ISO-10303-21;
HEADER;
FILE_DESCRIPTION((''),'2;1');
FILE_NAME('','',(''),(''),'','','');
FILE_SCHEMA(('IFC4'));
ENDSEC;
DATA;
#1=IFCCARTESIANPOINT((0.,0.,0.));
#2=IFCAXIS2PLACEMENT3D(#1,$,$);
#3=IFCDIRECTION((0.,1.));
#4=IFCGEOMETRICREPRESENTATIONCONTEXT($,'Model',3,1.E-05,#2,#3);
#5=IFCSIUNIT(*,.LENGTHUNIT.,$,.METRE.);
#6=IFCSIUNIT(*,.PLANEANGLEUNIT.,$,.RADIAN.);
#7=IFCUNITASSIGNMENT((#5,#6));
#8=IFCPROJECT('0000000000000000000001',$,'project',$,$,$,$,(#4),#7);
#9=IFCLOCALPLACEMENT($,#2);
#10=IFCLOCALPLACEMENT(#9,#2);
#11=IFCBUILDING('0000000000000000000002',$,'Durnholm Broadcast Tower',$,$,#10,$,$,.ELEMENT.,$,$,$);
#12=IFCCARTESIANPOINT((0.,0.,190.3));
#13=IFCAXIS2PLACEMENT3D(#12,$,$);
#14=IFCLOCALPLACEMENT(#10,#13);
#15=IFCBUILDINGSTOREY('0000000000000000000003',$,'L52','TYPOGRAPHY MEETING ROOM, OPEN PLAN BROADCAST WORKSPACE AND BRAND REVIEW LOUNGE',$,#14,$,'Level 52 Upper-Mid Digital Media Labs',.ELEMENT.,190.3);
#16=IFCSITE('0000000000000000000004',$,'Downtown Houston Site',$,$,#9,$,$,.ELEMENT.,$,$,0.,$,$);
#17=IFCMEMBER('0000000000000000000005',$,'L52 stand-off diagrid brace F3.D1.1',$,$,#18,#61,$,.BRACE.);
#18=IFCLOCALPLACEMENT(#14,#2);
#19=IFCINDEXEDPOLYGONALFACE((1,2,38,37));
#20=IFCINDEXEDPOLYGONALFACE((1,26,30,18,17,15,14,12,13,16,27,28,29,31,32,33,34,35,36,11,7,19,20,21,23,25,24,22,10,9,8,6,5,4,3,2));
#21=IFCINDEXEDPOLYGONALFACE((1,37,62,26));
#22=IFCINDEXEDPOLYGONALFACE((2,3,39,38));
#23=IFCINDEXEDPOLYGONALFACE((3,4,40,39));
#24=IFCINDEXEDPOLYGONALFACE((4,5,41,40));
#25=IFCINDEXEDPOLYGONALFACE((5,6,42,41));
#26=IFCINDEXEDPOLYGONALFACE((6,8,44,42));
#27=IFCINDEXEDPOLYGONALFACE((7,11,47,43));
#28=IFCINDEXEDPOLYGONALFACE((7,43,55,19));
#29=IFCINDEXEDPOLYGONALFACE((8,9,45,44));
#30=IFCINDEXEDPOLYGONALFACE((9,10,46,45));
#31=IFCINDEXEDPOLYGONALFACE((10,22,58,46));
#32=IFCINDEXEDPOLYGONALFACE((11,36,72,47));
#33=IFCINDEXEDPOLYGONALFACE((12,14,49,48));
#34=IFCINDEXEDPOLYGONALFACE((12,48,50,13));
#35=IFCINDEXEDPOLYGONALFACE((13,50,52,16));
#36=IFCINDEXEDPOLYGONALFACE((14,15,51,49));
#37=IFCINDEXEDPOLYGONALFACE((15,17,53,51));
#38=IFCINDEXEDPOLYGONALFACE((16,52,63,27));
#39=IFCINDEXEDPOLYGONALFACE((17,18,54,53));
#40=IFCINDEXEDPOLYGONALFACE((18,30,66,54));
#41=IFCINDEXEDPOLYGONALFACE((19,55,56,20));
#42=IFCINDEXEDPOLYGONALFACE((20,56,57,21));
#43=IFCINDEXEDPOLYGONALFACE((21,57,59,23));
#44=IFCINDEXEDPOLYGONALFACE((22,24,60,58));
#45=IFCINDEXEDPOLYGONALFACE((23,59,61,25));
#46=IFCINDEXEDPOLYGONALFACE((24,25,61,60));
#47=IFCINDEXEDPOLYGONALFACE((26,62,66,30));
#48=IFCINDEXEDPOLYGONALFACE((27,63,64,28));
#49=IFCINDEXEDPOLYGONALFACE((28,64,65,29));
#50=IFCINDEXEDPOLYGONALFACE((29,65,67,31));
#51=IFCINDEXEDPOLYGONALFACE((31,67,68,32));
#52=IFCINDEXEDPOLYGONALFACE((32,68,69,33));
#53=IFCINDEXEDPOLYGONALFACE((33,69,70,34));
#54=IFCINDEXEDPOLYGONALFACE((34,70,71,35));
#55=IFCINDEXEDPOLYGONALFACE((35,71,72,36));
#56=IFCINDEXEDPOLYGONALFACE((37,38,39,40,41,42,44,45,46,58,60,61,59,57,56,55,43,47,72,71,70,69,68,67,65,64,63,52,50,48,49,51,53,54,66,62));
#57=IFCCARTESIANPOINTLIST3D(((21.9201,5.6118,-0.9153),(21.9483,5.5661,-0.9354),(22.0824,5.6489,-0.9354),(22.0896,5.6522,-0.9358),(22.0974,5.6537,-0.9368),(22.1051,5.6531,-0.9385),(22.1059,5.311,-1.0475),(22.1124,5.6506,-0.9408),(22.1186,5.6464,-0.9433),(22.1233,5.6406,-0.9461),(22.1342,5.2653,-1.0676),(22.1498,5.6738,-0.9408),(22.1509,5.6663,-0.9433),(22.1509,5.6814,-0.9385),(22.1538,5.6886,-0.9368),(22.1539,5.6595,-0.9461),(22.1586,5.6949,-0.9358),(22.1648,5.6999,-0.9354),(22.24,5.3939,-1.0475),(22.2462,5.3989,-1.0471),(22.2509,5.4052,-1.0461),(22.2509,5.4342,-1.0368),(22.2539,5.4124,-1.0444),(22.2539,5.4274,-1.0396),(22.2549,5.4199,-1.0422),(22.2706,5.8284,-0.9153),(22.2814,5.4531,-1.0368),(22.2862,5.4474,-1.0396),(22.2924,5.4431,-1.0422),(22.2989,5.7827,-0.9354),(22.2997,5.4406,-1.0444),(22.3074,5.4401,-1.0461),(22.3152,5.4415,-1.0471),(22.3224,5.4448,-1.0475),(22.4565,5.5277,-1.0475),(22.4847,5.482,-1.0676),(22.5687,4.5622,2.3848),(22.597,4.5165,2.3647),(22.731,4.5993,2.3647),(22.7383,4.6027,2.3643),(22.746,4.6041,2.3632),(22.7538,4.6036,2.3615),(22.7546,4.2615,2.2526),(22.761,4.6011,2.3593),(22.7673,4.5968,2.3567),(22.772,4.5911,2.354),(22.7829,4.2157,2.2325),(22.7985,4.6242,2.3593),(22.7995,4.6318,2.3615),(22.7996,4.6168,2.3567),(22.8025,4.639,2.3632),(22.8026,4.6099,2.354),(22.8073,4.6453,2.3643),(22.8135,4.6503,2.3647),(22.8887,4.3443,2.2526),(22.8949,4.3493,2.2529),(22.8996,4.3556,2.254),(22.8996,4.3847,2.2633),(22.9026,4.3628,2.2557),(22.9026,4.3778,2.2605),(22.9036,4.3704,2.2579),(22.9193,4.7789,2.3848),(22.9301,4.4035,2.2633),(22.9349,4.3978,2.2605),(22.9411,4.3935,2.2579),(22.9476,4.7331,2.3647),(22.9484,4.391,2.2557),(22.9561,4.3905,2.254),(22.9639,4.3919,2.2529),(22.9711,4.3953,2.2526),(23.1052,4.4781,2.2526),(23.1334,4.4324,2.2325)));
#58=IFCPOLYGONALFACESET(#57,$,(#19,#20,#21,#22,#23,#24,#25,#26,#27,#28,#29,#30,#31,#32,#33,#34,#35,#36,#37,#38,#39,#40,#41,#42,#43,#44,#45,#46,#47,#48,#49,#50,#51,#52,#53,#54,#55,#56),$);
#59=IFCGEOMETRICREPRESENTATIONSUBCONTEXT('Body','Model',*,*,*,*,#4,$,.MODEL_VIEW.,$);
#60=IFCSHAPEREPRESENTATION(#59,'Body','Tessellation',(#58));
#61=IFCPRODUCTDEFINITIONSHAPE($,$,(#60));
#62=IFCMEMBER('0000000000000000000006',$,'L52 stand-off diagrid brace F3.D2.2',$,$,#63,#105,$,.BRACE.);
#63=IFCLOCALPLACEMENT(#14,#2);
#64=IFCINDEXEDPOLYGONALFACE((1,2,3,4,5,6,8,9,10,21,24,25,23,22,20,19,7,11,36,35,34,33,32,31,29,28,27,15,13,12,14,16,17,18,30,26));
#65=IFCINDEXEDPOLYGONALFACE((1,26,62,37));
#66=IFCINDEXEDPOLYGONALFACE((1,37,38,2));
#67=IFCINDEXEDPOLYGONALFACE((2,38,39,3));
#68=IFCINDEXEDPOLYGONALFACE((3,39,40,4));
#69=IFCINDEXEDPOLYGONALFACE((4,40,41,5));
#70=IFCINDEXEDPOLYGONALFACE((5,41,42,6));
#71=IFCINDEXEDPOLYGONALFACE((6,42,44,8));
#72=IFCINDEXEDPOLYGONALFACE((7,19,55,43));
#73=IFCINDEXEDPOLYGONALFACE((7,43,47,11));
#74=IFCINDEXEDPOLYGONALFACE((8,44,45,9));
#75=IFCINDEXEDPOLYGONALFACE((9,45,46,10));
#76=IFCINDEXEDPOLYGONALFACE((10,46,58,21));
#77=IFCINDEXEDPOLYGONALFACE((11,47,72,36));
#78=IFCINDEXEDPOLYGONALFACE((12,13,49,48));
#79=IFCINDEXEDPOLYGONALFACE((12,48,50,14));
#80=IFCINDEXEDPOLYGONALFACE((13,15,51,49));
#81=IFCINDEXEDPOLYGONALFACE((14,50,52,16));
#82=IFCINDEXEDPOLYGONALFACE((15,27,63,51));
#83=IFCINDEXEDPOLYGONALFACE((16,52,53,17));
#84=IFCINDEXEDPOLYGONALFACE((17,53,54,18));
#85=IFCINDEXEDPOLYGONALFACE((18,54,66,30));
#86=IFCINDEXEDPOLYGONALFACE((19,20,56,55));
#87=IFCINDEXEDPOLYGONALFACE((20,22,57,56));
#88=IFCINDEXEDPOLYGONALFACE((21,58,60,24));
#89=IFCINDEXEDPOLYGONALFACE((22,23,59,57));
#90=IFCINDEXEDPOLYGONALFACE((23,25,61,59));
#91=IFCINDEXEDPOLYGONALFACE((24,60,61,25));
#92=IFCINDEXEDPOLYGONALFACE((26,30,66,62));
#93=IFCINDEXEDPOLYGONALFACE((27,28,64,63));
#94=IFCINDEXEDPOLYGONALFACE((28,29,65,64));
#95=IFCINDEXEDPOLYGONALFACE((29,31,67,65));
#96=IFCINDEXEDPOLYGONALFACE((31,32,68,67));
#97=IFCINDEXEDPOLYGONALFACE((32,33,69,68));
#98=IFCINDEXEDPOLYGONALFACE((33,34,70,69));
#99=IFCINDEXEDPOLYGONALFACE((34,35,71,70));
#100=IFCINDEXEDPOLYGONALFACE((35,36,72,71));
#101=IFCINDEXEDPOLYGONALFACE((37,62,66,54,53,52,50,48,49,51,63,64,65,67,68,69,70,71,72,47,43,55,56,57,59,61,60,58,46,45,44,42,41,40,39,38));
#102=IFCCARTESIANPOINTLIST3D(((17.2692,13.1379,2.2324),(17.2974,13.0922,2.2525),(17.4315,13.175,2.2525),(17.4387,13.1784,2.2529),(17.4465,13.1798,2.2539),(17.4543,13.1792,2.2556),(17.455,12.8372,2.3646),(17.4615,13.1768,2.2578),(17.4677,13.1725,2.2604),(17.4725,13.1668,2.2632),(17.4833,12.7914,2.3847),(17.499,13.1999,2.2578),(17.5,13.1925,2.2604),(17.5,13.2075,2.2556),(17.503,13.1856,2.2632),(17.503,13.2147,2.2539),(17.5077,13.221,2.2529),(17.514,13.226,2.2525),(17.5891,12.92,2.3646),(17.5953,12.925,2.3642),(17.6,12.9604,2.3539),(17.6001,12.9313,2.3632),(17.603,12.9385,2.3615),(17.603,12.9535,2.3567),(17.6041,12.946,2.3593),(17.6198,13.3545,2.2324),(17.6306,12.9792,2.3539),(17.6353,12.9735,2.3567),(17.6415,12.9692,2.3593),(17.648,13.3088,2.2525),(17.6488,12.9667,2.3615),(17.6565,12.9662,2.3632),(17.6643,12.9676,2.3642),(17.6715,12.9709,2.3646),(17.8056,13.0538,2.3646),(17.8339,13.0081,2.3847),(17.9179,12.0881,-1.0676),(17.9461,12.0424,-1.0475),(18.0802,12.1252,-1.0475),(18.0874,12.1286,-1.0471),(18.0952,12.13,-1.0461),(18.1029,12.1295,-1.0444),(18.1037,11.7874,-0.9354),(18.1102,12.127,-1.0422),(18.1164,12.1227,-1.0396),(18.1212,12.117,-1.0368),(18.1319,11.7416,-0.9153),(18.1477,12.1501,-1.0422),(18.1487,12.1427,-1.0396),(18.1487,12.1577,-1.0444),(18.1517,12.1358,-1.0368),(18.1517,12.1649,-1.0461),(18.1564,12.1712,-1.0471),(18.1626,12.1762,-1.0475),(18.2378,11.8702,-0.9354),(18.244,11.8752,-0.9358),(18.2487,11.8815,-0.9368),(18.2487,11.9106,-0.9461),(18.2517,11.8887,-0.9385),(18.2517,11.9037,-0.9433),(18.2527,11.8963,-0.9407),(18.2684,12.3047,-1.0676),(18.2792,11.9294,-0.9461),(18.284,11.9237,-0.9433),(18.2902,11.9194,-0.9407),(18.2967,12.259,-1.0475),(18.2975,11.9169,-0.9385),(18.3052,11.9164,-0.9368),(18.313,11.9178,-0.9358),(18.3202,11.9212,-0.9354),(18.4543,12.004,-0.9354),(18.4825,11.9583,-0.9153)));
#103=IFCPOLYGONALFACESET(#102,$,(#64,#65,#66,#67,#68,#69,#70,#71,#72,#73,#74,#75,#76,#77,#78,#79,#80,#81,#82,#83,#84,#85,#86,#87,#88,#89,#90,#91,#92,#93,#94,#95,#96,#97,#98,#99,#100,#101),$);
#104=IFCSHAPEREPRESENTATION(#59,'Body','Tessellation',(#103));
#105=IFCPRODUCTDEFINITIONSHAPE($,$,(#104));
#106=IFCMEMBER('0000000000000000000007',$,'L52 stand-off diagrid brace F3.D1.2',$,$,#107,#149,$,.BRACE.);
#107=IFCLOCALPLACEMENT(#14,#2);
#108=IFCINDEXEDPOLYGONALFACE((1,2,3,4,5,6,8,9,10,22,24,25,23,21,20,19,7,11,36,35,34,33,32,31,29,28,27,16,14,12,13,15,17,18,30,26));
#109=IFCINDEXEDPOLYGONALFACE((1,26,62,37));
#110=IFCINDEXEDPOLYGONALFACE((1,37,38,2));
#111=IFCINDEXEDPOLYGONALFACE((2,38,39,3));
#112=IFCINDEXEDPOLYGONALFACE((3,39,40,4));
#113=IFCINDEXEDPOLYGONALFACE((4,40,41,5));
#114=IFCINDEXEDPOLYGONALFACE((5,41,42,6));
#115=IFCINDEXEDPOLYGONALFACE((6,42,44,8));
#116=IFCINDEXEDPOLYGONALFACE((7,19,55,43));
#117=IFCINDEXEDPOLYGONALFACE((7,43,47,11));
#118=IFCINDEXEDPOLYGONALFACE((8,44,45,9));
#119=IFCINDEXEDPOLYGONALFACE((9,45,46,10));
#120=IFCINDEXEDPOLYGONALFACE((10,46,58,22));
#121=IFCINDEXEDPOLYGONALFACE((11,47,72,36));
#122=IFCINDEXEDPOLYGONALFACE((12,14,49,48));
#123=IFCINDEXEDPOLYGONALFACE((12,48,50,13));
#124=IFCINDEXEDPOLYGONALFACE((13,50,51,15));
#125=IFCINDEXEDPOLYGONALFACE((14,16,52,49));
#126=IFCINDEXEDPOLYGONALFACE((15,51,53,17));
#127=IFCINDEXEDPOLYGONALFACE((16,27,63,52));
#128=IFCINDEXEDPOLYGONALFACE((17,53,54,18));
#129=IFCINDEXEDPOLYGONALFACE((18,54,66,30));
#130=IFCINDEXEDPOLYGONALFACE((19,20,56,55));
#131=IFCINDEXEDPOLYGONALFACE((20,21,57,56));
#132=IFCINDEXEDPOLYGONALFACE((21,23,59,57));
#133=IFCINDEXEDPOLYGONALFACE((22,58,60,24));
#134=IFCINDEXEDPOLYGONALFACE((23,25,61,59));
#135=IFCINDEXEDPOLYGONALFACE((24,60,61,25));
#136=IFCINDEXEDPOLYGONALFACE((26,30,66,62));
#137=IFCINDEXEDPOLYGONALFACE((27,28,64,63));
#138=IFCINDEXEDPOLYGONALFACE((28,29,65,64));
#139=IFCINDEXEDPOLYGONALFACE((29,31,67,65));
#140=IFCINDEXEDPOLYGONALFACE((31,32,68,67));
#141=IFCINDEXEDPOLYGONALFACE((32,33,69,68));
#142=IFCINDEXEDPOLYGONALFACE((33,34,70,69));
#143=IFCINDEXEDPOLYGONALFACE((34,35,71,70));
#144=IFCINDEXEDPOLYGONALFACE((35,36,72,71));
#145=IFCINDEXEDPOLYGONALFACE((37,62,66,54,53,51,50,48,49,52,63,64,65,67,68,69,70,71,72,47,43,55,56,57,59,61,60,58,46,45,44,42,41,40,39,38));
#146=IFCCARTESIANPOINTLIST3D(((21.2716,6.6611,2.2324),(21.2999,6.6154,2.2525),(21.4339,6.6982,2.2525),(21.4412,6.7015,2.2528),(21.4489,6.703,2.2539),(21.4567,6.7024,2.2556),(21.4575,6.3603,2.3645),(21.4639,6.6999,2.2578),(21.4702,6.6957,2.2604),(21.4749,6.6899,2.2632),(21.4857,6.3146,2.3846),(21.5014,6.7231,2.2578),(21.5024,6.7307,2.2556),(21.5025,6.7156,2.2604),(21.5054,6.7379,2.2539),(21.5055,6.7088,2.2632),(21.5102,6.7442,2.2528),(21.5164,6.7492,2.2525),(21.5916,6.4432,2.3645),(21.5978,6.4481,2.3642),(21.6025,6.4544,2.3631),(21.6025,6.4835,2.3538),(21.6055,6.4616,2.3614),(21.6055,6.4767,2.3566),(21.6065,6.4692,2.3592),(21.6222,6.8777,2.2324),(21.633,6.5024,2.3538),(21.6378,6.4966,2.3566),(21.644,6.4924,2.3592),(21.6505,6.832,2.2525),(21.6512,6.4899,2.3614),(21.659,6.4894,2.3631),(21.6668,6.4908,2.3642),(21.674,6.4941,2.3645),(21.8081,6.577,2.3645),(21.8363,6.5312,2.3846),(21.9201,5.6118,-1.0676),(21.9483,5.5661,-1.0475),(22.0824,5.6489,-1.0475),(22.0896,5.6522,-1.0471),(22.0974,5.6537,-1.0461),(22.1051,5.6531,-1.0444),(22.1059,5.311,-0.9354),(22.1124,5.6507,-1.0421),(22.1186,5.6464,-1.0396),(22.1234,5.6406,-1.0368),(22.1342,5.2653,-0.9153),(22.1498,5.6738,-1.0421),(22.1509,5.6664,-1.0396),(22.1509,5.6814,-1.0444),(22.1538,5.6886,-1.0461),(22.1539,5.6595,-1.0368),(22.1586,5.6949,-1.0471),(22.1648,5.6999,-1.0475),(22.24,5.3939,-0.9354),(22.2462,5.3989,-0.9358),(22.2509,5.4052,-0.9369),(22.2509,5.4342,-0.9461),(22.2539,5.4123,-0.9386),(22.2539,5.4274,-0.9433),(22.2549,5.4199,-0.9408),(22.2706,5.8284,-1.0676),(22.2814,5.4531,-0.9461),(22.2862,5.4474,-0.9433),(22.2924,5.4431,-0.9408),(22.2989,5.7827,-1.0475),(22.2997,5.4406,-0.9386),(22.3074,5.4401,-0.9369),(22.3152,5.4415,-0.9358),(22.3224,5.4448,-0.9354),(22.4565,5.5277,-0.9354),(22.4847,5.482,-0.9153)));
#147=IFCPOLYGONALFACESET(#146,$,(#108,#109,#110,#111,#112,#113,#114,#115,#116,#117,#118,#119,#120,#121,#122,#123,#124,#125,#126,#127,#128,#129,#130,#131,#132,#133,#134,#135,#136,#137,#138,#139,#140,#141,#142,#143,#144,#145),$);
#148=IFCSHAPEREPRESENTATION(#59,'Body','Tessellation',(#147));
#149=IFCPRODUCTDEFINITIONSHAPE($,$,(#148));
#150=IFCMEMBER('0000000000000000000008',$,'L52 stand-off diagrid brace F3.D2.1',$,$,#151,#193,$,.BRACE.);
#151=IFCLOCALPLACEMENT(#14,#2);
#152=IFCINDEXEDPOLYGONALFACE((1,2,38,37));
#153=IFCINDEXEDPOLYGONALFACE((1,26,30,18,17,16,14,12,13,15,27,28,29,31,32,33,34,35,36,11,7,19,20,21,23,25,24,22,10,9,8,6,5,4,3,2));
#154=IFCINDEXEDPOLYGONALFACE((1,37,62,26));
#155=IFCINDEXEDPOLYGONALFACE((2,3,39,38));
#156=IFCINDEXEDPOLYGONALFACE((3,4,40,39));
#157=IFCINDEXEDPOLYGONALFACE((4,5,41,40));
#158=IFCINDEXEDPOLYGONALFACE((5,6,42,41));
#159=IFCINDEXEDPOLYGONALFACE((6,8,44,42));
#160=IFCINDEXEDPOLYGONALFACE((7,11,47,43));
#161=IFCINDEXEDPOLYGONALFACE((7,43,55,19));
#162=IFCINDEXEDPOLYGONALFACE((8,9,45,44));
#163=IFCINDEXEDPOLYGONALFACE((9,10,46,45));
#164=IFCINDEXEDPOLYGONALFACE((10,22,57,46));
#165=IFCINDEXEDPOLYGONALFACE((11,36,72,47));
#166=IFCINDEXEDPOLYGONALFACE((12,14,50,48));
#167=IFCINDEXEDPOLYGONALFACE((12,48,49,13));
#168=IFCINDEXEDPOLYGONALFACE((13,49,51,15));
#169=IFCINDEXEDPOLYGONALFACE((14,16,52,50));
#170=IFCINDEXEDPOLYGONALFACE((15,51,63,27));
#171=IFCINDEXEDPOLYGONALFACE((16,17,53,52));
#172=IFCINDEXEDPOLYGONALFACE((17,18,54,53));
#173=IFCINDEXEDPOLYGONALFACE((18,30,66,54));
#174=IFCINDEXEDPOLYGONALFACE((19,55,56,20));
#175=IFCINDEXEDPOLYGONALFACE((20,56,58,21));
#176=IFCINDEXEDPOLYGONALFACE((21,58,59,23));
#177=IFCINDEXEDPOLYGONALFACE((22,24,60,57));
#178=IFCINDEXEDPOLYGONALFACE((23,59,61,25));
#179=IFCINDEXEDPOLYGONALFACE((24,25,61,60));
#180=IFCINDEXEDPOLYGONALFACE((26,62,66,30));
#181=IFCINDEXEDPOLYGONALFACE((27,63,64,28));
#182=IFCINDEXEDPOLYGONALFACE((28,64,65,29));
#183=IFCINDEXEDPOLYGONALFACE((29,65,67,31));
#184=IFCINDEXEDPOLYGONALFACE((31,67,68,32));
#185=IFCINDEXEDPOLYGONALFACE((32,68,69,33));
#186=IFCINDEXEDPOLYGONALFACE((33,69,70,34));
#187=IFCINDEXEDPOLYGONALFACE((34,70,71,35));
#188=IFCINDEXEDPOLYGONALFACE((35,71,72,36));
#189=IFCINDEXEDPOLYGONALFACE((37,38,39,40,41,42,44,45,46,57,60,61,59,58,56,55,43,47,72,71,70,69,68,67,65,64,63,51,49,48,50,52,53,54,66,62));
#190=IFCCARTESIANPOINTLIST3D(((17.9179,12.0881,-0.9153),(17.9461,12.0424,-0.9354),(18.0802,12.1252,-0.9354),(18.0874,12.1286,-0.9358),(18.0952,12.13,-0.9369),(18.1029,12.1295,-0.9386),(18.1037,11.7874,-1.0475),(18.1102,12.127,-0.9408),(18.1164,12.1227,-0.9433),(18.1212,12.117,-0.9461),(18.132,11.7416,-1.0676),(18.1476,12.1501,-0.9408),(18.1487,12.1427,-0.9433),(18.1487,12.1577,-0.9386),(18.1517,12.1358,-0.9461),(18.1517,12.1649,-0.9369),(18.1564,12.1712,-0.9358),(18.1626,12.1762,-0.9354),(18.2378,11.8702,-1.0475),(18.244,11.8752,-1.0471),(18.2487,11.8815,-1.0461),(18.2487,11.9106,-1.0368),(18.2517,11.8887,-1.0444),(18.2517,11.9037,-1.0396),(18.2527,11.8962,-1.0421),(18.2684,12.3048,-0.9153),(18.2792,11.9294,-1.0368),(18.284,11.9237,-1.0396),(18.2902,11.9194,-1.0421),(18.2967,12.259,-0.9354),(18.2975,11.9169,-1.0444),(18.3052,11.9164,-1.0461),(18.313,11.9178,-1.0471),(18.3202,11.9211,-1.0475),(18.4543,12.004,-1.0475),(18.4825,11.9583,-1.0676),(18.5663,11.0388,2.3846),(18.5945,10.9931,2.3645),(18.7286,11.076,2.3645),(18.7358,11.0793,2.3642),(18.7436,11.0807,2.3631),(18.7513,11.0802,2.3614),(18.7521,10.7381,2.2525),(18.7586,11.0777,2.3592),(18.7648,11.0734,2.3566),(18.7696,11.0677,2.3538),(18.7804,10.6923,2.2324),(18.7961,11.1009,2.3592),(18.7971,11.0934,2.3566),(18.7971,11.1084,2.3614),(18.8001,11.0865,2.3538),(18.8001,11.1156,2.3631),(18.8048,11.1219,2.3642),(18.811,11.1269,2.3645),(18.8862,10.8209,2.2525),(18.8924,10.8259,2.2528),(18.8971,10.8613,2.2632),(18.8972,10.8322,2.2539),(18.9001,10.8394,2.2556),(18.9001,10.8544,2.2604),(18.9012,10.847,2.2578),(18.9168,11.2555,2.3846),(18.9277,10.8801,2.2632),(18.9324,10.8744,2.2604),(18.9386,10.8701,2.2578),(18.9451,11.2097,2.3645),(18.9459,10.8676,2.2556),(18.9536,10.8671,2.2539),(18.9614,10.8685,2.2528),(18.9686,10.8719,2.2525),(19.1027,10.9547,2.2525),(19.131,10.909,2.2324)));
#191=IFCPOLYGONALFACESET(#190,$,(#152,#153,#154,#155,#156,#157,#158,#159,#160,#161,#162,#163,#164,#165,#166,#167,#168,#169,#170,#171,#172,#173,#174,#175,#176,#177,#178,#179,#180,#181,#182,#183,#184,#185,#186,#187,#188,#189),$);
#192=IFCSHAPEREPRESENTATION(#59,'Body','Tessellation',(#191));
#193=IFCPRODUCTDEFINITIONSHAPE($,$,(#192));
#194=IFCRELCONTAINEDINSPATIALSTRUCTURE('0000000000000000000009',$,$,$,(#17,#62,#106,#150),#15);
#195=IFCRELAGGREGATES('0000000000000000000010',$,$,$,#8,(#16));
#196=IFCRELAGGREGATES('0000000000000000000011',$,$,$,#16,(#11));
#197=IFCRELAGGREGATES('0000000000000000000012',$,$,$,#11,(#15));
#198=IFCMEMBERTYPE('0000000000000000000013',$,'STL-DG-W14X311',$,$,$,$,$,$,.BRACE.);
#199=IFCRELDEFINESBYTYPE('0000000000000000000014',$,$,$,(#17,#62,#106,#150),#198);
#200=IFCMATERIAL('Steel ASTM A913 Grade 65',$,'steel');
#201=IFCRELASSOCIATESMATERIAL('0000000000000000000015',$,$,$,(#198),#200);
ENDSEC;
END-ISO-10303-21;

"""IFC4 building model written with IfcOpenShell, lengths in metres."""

from ifc_helpers import new_model, si_unit, direction, frame, origin, origin_2d, place, context, subcontext, project, spatial, i_section, extrude, source, transform, mapped, material, material_profile, profile_set, type_object, type_shapes, element, save


model = new_model("IFC4")

# Units and contexts
model_context = context("Model", 3, precision=1e-05, world=origin(), true_north=direction((0.0, 1.0)))
body_context = subcontext(model_context, "Body", "Model", "MODEL_VIEW")
ifc_project = project(units=[si_unit("LENGTHUNIT", "METRE"), si_unit("PLANEANGLEUNIT", "RADIAN")], contexts=[model_context])

# Site, building, storey
site_placement = place(None, origin())
site = spatial("IfcSite", under=ifc_project, at=site_placement, Name="Downtown Houston Site", CompositionType="ELEMENT", RefElevation=0.0)
building_placement = place(site_placement, origin())
building = spatial("IfcBuilding", under=site, at=building_placement, Name="Durnholm Broadcast Tower", CompositionType="ELEMENT")
storey_placement = place(building_placement, frame((0.0, 0.0, 190.3)))
storey = spatial("IfcBuildingStorey", under=building, at=storey_placement, Name="L52", Description="TYPOGRAPHY MEETING ROOM, OPEN PLAN BROADCAST WORKSPACE AND BRAND REVIEW LOUNGE", LongName="Level 52 Upper-Mid Digital Media Labs", CompositionType="ELEMENT", Elevation=190.3)

# Members
ifc_material_1 = material(Name="Steel ASTM A913 Grade 65", Category="steel")
ifc_material_profile_1 = material_profile(ifc_material_1, i_section(OverallWidth=0.4121, OverallDepth=0.4348, WebThickness=0.0359, FlangeThickness=0.0574, FilletRadius=0.0305, at=origin_2d()), Name="W14X311")
ifc_profile_set_1 = profile_set([ifc_material_profile_1], Name="Steel ASTM A913 Grade 65")
member_type_1 = type_object("IfcMemberType", Name="STL-DG-W14X311", PredefinedType="BRACE", material=ifc_profile_set_1)
shared_shape_1 = source(origin(), body_context, "Body", "SweptSolid", [
    extrude(i_section(OverallWidth=0.4121, OverallDepth=0.4348, WebThickness=0.0359, FlangeThickness=0.0574, FilletRadius=0.0305, at=origin_2d()), origin(), (0.0, 0.0, 1.0), 3.5232),
])
for number, where, z_axis, x_axis, name in (
    (1, (22.2024, 5.5469, -0.9915), (0.184119, -0.297903, 0.936672), (0.850644, 0.525741, 0.0), "L52 stand-off diagrid brace F3.D1.1"),
    (2, (18.2002, 12.0232, -0.9915), (-0.184115, 0.297966, 0.936652), (-0.850699, -0.525653, 0.0), "L52 stand-off diagrid brace F3.D2.2"),
):
    element("IfcMember", number, at=place(storey_placement, frame(where, z_axis=z_axis, x_axis=x_axis)), inside=storey, type_object=member_type_1, Name=name, PredefinedType="BRACE", context=body_context, shape_type="MappedRepresentation", body=[
        mapped(shared_shape_1, transform((0.0, 0.0, 0.0), x_axis=(1.0, 0.0, 0.0), y_axis=(0.0, 1.0, 0.0), z_axis=(0.0, 0.0, 1.0), scale=1.0)),
    ])
shared_shape_2 = source(origin(), body_context, "Body", "SweptSolid", [
    extrude(i_section(OverallWidth=0.4121, OverallDepth=0.4348, WebThickness=0.0359, FlangeThickness=0.0574, FilletRadius=0.0305, at=origin_2d()), origin(), (0.0, 0.0, 1.0), 3.5229),
])
type_shapes(member_type_1, [shared_shape_1, shared_shape_2])
for number, where, z_axis, x_axis, name in (
    (3, (22.2024, 5.5469, -0.9915), (-0.184056, 0.297843, 0.936703), (-0.850678, -0.525687, 0.0), "L52 stand-off diagrid brace F3.D1.2"),
    (4, (18.2002, 12.0232, -0.9915), (0.184056, -0.297843, 0.936703), (0.850678, 0.525687, 0.0), "L52 stand-off diagrid brace F3.D2.1"),
):
    element("IfcMember", number, at=place(storey_placement, frame(where, z_axis=z_axis, x_axis=x_axis)), inside=storey, type_object=member_type_1, Name=name, PredefinedType="BRACE", context=body_context, shape_type="MappedRepresentation", body=[
        mapped(shared_shape_2, transform((0.0, 0.0, 0.0), x_axis=(1.0, 0.0, 0.0), y_axis=(0.0, 1.0, 0.0), z_axis=(0.0, 0.0, 1.0), scale=1.0)),
    ])

save(model, "model.ifc")
